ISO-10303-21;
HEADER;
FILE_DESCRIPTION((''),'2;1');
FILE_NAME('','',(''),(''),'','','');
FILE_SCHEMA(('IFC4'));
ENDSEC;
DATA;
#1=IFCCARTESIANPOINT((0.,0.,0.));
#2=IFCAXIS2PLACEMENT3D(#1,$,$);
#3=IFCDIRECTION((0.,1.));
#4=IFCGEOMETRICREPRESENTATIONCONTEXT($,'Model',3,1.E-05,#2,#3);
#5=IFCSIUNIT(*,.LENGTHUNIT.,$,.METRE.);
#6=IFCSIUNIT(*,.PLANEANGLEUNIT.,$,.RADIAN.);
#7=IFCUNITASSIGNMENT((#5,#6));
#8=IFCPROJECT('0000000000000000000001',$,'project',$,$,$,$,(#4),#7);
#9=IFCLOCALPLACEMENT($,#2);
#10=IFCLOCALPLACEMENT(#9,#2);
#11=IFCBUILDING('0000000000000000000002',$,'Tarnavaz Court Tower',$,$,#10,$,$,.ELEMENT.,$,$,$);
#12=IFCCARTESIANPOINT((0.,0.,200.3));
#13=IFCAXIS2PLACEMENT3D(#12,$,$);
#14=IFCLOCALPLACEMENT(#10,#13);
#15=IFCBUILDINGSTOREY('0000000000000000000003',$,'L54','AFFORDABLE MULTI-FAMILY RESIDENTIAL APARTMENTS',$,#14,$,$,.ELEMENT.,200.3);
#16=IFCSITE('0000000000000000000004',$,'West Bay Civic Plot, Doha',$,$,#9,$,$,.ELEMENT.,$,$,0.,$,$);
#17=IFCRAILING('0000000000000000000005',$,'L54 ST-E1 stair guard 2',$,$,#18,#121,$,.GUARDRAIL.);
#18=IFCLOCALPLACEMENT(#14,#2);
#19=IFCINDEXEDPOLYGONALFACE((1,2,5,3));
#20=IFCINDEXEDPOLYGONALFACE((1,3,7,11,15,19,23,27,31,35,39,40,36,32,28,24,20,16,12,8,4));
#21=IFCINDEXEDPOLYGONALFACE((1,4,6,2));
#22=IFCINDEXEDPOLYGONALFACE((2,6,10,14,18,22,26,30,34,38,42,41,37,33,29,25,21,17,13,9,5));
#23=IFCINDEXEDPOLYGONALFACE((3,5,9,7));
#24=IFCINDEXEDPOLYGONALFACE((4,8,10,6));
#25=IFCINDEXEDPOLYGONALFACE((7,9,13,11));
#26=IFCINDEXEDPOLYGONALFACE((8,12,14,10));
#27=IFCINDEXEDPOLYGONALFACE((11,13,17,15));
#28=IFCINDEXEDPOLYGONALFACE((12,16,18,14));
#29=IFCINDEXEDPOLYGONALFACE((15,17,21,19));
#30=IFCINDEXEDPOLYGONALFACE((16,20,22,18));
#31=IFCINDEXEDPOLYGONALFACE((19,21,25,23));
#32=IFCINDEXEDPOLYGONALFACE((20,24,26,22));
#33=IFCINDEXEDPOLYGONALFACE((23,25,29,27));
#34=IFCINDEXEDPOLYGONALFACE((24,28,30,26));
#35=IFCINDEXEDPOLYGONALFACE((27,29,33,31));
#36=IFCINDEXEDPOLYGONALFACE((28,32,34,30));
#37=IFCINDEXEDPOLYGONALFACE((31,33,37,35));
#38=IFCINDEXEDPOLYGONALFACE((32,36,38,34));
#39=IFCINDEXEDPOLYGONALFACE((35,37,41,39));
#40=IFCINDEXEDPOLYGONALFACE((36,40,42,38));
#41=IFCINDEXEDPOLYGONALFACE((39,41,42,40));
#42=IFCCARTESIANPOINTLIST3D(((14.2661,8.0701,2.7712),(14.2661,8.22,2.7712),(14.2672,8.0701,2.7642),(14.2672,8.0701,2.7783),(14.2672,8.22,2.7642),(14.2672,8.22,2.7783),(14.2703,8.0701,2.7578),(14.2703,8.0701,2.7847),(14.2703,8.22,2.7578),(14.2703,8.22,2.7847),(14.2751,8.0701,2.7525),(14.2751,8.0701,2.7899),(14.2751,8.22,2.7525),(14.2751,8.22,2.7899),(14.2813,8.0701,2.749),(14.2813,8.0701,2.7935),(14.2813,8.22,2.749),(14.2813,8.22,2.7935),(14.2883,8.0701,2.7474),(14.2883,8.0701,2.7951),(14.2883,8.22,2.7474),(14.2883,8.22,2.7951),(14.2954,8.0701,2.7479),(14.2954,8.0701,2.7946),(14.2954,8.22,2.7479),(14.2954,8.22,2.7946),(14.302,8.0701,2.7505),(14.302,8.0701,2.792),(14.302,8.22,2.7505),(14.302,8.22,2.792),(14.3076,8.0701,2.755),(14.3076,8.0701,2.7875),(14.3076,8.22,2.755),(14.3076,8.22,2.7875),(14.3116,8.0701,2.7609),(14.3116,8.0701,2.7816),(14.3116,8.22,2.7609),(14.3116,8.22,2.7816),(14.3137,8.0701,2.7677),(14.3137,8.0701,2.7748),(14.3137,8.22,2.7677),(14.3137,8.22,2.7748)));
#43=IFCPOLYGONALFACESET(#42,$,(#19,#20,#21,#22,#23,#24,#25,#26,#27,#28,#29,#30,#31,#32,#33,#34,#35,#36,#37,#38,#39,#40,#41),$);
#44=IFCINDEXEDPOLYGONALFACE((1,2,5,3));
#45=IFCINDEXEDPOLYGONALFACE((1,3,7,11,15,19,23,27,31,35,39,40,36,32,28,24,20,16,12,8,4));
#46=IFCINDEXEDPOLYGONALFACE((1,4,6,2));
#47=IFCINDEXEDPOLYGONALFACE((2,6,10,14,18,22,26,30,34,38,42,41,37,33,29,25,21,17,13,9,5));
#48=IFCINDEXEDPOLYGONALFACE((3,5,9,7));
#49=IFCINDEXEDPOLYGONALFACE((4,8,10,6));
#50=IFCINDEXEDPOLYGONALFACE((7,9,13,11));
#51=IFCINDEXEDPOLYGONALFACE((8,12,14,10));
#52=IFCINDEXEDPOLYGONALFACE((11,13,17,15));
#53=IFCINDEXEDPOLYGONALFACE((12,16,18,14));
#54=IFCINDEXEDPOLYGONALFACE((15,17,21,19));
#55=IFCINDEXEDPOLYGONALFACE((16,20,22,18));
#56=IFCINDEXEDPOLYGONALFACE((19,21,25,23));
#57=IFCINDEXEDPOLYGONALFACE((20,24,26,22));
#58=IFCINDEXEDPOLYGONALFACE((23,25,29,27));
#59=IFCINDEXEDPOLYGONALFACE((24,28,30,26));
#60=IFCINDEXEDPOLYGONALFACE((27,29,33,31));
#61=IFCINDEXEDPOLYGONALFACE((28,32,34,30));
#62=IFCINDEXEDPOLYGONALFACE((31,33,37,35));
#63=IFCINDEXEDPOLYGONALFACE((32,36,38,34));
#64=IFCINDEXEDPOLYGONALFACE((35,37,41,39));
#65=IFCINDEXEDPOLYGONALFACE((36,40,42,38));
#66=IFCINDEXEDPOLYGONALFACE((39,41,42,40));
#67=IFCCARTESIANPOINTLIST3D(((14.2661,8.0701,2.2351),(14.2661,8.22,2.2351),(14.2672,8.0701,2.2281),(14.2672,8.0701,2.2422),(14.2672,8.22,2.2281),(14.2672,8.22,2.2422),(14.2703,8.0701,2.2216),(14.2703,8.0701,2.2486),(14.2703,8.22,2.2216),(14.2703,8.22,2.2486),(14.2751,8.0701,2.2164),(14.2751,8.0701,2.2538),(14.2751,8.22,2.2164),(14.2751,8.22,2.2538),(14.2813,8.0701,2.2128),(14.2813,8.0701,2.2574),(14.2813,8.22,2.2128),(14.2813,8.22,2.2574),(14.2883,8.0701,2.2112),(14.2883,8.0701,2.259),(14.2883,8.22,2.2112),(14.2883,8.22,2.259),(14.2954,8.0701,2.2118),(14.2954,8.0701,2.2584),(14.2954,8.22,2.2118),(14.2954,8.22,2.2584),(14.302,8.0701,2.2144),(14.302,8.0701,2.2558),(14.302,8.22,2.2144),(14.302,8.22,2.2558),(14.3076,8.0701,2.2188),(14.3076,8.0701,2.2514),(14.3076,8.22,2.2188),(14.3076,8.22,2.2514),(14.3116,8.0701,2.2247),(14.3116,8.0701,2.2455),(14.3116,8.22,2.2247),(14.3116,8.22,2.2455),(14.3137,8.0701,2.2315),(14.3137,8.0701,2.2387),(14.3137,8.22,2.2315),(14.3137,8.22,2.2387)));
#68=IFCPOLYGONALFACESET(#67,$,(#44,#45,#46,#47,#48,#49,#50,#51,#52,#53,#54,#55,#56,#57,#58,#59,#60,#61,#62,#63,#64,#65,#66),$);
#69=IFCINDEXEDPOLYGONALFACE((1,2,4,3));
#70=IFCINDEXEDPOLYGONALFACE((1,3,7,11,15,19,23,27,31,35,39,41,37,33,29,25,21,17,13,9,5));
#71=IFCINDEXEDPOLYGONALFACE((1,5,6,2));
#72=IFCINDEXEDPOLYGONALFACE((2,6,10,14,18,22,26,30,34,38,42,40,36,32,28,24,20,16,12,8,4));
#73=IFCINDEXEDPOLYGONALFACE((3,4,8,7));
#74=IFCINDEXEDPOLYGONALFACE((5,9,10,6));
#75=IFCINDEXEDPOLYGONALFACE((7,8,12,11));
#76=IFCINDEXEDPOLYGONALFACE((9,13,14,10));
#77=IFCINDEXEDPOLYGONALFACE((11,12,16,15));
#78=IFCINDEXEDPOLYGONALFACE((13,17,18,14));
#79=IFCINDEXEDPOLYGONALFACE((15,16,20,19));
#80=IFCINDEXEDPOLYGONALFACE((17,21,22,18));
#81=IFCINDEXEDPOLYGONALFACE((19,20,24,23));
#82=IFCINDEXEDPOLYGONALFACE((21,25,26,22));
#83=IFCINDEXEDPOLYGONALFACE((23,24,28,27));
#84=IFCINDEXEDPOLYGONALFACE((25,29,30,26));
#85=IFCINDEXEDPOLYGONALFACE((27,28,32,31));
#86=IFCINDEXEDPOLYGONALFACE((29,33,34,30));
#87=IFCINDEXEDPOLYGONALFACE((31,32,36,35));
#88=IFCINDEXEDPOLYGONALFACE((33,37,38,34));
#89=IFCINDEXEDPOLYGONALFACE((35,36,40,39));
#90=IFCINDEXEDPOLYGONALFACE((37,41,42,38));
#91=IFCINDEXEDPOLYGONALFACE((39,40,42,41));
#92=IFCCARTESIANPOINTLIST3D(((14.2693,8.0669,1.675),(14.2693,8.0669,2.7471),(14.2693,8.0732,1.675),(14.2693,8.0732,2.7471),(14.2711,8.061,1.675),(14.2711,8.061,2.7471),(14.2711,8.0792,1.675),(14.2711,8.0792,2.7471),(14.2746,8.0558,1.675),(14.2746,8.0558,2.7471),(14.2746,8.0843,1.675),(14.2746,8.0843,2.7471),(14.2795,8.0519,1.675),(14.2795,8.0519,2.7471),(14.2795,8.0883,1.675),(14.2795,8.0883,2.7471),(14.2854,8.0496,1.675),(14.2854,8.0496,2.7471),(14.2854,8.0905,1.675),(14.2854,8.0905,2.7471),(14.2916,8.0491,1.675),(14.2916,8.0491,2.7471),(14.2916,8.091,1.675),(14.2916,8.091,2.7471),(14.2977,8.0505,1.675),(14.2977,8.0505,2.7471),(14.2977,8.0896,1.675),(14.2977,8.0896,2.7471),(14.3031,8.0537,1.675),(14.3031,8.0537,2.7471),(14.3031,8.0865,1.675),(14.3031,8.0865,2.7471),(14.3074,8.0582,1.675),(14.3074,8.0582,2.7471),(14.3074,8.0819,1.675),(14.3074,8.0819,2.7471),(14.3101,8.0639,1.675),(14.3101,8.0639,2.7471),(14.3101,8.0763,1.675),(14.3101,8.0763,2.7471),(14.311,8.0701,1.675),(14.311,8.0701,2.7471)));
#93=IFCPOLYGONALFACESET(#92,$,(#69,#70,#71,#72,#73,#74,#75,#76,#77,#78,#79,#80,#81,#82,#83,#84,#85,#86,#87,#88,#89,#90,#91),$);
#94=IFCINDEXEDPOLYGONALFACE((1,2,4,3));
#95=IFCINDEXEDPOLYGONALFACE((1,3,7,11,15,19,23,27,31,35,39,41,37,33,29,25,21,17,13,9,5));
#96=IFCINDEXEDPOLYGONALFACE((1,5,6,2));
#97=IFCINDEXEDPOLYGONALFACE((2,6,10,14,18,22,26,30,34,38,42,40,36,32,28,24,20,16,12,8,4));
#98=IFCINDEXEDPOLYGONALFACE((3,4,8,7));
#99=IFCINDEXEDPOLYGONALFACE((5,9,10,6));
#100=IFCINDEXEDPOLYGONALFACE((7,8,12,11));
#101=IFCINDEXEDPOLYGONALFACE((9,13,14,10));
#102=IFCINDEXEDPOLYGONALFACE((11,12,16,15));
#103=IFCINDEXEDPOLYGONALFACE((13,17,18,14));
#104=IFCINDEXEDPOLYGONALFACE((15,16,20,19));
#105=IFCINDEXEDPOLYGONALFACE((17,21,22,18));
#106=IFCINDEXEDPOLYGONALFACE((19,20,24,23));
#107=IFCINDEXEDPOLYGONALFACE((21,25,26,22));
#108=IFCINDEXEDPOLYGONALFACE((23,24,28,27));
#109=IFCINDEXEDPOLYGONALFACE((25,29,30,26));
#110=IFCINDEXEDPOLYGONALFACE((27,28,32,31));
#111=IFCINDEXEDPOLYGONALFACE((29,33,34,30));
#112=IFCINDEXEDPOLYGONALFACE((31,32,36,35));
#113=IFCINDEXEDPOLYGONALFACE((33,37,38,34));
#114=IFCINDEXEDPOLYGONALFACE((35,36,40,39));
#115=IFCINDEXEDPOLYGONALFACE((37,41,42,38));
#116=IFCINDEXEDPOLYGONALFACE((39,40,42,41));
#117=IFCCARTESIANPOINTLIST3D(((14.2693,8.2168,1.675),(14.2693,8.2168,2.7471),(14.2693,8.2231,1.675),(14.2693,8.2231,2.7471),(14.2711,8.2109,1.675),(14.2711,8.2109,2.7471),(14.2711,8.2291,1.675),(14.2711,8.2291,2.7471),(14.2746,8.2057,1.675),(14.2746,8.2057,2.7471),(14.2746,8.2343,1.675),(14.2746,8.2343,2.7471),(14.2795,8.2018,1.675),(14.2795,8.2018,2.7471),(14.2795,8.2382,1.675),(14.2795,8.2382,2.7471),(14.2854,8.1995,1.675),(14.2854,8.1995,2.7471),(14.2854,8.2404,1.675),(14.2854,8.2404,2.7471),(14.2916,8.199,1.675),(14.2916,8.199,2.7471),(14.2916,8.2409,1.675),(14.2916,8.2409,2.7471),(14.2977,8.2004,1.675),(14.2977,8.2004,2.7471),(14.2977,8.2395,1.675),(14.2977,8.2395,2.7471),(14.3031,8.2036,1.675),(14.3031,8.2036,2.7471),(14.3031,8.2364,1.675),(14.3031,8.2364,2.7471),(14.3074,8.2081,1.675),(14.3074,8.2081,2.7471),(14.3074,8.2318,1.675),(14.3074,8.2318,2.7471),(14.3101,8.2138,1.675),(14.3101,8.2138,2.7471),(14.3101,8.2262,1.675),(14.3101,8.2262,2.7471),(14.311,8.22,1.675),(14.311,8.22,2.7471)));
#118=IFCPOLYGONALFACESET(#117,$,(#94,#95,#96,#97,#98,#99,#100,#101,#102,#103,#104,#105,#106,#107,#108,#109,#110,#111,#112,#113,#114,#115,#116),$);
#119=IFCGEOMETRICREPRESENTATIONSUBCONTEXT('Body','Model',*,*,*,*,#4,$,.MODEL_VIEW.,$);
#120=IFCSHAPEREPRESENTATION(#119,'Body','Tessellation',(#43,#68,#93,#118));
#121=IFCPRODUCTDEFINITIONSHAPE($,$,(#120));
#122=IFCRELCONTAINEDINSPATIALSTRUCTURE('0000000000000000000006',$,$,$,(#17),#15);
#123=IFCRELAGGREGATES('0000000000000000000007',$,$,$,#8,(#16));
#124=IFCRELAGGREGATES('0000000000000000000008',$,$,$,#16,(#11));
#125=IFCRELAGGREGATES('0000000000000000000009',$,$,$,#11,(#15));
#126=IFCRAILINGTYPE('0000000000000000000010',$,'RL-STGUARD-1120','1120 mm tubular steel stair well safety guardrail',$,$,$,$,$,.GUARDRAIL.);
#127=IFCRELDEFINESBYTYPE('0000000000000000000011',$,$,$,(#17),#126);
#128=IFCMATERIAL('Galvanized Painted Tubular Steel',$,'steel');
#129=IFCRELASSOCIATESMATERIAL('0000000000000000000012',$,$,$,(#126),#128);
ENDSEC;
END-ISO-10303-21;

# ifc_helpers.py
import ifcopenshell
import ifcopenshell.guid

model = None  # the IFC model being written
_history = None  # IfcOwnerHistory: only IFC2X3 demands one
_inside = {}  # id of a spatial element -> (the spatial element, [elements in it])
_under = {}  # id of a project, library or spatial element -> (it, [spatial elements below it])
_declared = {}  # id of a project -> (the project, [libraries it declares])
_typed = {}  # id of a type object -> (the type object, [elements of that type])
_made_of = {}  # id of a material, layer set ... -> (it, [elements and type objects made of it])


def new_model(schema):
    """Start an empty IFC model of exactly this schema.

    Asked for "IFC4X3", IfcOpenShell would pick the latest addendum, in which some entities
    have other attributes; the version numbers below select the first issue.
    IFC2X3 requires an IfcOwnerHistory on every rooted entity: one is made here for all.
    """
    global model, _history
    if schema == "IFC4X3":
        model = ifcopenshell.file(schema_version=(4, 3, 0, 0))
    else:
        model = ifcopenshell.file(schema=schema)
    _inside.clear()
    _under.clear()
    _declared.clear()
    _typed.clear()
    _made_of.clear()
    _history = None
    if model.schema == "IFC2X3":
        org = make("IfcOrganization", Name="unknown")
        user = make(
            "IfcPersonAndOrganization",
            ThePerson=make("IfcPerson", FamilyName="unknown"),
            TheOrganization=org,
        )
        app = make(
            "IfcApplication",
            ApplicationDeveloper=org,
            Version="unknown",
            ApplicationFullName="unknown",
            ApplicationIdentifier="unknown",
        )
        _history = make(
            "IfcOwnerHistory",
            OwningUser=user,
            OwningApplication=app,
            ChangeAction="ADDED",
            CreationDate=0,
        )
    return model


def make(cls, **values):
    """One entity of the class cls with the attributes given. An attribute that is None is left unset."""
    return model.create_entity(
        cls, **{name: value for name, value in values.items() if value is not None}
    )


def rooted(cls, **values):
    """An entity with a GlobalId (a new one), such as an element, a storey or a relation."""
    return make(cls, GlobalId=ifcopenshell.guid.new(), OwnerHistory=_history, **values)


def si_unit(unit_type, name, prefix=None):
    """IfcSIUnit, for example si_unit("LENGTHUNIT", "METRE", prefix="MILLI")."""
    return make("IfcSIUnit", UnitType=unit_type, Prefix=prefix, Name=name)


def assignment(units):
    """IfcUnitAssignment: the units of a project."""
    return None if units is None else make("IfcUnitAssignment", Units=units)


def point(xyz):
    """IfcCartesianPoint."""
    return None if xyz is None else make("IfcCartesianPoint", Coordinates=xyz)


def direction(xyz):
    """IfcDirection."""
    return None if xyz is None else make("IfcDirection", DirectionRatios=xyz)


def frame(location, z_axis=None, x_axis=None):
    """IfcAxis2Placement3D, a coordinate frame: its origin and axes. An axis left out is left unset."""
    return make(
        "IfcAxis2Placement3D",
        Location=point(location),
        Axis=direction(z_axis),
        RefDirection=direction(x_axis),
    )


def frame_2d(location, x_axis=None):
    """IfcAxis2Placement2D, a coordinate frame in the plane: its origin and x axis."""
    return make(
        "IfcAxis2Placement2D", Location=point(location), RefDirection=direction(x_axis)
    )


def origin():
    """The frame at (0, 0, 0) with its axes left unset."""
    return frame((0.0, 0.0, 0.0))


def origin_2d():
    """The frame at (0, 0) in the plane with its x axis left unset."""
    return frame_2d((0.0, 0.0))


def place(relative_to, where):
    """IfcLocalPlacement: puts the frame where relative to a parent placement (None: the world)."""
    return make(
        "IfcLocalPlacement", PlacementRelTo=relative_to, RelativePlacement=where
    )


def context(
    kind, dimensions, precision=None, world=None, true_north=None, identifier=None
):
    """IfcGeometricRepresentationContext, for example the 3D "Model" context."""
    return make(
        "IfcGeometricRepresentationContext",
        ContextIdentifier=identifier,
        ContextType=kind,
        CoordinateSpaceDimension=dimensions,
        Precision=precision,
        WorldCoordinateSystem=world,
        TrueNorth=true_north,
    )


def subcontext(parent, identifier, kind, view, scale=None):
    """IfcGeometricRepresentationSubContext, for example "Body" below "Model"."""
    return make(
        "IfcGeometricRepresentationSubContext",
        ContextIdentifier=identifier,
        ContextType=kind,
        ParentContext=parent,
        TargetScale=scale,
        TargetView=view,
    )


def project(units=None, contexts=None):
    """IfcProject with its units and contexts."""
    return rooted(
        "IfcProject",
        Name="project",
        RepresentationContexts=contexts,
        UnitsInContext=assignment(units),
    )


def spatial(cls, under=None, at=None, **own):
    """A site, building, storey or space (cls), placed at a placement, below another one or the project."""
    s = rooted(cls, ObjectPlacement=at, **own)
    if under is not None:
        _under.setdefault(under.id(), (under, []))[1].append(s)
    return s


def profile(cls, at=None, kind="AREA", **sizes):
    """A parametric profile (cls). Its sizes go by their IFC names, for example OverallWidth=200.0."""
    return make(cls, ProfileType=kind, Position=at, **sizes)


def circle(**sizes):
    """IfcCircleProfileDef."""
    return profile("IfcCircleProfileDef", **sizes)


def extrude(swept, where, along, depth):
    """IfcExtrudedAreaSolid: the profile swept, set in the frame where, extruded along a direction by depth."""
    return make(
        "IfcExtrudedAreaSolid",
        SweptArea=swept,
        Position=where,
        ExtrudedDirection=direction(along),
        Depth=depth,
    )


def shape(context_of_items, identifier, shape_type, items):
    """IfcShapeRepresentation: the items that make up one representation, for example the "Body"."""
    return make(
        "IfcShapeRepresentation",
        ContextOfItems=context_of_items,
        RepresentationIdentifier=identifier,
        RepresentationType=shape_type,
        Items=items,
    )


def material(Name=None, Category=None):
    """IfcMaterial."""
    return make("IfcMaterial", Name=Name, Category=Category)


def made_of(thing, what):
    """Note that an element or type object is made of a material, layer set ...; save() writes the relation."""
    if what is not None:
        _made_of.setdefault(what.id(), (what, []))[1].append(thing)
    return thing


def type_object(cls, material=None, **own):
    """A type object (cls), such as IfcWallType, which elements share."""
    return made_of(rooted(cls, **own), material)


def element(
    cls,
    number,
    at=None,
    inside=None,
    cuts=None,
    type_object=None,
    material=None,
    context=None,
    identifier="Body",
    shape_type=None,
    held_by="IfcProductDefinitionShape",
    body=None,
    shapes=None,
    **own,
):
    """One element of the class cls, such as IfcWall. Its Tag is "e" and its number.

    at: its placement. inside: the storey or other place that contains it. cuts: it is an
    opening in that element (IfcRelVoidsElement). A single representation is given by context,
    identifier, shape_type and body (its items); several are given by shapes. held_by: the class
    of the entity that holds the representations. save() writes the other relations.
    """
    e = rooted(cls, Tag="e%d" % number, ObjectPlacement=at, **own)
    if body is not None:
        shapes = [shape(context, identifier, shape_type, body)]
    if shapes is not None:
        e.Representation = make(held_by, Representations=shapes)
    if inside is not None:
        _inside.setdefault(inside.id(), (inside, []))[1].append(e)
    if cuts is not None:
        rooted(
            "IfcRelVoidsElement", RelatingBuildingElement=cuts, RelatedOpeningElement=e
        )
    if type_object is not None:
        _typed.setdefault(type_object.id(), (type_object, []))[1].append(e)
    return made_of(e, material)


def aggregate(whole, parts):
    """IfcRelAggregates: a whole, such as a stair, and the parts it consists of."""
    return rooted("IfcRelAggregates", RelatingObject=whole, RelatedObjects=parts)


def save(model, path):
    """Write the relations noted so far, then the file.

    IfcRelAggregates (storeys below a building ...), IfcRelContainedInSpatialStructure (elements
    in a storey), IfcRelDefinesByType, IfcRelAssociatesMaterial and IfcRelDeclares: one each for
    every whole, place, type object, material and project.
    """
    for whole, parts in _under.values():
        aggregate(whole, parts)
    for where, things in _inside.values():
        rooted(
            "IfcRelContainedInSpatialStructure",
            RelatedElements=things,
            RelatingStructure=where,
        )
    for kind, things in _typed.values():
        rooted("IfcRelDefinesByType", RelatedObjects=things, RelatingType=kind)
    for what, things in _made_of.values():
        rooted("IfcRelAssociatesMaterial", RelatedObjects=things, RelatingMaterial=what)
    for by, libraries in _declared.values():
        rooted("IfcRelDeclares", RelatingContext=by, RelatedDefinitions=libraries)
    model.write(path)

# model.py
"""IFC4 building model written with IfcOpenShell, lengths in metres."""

from ifc_helpers import new_model, si_unit, direction, frame, origin, origin_2d, place, context, subcontext, project, spatial, circle, extrude, material, type_object, element, save


model = new_model("IFC4")

# Units and contexts
model_context = context("Model", 3, precision=1e-05, world=origin(), true_north=direction((0.0, 1.0)))
body_context = subcontext(model_context, "Body", "Model", "MODEL_VIEW")
ifc_project = project(units=[si_unit("LENGTHUNIT", "METRE"), si_unit("PLANEANGLEUNIT", "RADIAN")], contexts=[model_context])

# Site, building, storey
site_placement = place(None, origin())
site = spatial("IfcSite", under=ifc_project, at=site_placement, Name="West Bay Civic Plot, Doha", CompositionType="ELEMENT", RefElevation=0.0)
building_placement = place(site_placement, origin())
building = spatial("IfcBuilding", under=site, at=building_placement, Name="Tarnavaz Court Tower", CompositionType="ELEMENT")
storey_placement = place(building_placement, frame((0.0, 0.0, 200.3)))
storey = spatial("IfcBuildingStorey", under=building, at=storey_placement, Name="L54", Description="AFFORDABLE MULTI-FAMILY RESIDENTIAL APARTMENTS", CompositionType="ELEMENT", Elevation=200.3)

# Railing
ifc_material_1 = material(Name="Galvanized Painted Tubular Steel", Category="steel")
railing_type_1 = type_object("IfcRailingType", Name="RL-STGUARD-1120", Description="1120 mm tubular steel stair well safety guardrail", PredefinedType="GUARDRAIL", material=ifc_material_1)
railing_1_placement = place(storey_placement, frame((14.29, 8.0701, 1.675)))
element("IfcRailing", 1, at=railing_1_placement, inside=storey, type_object=railing_type_1, Name="L54 ST-E1 stair guard 2", PredefinedType="GUARDRAIL", context=body_context, shape_type="SweptSolid", body=[
    extrude(circle(Radius=0.0239, at=origin_2d()), frame((0.0, 0.0, 1.0962), z_axis=(0.0, 1.0, 0.0), x_axis=(-1.0, 0.0, 0.0)), (0.0, 0.0, 1.0), 0.1499),
    extrude(circle(Radius=0.0239, at=origin_2d()), frame((0.0, 0.0, 0.5601), z_axis=(0.0, 1.0, 0.0), x_axis=(-1.0, 0.0, 0.0)), (0.0, 0.0, 1.0), 0.1499),
    extrude(circle(Radius=0.021, at=origin_2d()), origin(), (0.0, 0.0, 1.0), 1.072),
    extrude(circle(Radius=0.021, at=origin_2d()), frame((0.0, 0.1499, 0.0)), (0.0, 0.0, 1.0), 1.072),
])

save(model, "model.ifc")
